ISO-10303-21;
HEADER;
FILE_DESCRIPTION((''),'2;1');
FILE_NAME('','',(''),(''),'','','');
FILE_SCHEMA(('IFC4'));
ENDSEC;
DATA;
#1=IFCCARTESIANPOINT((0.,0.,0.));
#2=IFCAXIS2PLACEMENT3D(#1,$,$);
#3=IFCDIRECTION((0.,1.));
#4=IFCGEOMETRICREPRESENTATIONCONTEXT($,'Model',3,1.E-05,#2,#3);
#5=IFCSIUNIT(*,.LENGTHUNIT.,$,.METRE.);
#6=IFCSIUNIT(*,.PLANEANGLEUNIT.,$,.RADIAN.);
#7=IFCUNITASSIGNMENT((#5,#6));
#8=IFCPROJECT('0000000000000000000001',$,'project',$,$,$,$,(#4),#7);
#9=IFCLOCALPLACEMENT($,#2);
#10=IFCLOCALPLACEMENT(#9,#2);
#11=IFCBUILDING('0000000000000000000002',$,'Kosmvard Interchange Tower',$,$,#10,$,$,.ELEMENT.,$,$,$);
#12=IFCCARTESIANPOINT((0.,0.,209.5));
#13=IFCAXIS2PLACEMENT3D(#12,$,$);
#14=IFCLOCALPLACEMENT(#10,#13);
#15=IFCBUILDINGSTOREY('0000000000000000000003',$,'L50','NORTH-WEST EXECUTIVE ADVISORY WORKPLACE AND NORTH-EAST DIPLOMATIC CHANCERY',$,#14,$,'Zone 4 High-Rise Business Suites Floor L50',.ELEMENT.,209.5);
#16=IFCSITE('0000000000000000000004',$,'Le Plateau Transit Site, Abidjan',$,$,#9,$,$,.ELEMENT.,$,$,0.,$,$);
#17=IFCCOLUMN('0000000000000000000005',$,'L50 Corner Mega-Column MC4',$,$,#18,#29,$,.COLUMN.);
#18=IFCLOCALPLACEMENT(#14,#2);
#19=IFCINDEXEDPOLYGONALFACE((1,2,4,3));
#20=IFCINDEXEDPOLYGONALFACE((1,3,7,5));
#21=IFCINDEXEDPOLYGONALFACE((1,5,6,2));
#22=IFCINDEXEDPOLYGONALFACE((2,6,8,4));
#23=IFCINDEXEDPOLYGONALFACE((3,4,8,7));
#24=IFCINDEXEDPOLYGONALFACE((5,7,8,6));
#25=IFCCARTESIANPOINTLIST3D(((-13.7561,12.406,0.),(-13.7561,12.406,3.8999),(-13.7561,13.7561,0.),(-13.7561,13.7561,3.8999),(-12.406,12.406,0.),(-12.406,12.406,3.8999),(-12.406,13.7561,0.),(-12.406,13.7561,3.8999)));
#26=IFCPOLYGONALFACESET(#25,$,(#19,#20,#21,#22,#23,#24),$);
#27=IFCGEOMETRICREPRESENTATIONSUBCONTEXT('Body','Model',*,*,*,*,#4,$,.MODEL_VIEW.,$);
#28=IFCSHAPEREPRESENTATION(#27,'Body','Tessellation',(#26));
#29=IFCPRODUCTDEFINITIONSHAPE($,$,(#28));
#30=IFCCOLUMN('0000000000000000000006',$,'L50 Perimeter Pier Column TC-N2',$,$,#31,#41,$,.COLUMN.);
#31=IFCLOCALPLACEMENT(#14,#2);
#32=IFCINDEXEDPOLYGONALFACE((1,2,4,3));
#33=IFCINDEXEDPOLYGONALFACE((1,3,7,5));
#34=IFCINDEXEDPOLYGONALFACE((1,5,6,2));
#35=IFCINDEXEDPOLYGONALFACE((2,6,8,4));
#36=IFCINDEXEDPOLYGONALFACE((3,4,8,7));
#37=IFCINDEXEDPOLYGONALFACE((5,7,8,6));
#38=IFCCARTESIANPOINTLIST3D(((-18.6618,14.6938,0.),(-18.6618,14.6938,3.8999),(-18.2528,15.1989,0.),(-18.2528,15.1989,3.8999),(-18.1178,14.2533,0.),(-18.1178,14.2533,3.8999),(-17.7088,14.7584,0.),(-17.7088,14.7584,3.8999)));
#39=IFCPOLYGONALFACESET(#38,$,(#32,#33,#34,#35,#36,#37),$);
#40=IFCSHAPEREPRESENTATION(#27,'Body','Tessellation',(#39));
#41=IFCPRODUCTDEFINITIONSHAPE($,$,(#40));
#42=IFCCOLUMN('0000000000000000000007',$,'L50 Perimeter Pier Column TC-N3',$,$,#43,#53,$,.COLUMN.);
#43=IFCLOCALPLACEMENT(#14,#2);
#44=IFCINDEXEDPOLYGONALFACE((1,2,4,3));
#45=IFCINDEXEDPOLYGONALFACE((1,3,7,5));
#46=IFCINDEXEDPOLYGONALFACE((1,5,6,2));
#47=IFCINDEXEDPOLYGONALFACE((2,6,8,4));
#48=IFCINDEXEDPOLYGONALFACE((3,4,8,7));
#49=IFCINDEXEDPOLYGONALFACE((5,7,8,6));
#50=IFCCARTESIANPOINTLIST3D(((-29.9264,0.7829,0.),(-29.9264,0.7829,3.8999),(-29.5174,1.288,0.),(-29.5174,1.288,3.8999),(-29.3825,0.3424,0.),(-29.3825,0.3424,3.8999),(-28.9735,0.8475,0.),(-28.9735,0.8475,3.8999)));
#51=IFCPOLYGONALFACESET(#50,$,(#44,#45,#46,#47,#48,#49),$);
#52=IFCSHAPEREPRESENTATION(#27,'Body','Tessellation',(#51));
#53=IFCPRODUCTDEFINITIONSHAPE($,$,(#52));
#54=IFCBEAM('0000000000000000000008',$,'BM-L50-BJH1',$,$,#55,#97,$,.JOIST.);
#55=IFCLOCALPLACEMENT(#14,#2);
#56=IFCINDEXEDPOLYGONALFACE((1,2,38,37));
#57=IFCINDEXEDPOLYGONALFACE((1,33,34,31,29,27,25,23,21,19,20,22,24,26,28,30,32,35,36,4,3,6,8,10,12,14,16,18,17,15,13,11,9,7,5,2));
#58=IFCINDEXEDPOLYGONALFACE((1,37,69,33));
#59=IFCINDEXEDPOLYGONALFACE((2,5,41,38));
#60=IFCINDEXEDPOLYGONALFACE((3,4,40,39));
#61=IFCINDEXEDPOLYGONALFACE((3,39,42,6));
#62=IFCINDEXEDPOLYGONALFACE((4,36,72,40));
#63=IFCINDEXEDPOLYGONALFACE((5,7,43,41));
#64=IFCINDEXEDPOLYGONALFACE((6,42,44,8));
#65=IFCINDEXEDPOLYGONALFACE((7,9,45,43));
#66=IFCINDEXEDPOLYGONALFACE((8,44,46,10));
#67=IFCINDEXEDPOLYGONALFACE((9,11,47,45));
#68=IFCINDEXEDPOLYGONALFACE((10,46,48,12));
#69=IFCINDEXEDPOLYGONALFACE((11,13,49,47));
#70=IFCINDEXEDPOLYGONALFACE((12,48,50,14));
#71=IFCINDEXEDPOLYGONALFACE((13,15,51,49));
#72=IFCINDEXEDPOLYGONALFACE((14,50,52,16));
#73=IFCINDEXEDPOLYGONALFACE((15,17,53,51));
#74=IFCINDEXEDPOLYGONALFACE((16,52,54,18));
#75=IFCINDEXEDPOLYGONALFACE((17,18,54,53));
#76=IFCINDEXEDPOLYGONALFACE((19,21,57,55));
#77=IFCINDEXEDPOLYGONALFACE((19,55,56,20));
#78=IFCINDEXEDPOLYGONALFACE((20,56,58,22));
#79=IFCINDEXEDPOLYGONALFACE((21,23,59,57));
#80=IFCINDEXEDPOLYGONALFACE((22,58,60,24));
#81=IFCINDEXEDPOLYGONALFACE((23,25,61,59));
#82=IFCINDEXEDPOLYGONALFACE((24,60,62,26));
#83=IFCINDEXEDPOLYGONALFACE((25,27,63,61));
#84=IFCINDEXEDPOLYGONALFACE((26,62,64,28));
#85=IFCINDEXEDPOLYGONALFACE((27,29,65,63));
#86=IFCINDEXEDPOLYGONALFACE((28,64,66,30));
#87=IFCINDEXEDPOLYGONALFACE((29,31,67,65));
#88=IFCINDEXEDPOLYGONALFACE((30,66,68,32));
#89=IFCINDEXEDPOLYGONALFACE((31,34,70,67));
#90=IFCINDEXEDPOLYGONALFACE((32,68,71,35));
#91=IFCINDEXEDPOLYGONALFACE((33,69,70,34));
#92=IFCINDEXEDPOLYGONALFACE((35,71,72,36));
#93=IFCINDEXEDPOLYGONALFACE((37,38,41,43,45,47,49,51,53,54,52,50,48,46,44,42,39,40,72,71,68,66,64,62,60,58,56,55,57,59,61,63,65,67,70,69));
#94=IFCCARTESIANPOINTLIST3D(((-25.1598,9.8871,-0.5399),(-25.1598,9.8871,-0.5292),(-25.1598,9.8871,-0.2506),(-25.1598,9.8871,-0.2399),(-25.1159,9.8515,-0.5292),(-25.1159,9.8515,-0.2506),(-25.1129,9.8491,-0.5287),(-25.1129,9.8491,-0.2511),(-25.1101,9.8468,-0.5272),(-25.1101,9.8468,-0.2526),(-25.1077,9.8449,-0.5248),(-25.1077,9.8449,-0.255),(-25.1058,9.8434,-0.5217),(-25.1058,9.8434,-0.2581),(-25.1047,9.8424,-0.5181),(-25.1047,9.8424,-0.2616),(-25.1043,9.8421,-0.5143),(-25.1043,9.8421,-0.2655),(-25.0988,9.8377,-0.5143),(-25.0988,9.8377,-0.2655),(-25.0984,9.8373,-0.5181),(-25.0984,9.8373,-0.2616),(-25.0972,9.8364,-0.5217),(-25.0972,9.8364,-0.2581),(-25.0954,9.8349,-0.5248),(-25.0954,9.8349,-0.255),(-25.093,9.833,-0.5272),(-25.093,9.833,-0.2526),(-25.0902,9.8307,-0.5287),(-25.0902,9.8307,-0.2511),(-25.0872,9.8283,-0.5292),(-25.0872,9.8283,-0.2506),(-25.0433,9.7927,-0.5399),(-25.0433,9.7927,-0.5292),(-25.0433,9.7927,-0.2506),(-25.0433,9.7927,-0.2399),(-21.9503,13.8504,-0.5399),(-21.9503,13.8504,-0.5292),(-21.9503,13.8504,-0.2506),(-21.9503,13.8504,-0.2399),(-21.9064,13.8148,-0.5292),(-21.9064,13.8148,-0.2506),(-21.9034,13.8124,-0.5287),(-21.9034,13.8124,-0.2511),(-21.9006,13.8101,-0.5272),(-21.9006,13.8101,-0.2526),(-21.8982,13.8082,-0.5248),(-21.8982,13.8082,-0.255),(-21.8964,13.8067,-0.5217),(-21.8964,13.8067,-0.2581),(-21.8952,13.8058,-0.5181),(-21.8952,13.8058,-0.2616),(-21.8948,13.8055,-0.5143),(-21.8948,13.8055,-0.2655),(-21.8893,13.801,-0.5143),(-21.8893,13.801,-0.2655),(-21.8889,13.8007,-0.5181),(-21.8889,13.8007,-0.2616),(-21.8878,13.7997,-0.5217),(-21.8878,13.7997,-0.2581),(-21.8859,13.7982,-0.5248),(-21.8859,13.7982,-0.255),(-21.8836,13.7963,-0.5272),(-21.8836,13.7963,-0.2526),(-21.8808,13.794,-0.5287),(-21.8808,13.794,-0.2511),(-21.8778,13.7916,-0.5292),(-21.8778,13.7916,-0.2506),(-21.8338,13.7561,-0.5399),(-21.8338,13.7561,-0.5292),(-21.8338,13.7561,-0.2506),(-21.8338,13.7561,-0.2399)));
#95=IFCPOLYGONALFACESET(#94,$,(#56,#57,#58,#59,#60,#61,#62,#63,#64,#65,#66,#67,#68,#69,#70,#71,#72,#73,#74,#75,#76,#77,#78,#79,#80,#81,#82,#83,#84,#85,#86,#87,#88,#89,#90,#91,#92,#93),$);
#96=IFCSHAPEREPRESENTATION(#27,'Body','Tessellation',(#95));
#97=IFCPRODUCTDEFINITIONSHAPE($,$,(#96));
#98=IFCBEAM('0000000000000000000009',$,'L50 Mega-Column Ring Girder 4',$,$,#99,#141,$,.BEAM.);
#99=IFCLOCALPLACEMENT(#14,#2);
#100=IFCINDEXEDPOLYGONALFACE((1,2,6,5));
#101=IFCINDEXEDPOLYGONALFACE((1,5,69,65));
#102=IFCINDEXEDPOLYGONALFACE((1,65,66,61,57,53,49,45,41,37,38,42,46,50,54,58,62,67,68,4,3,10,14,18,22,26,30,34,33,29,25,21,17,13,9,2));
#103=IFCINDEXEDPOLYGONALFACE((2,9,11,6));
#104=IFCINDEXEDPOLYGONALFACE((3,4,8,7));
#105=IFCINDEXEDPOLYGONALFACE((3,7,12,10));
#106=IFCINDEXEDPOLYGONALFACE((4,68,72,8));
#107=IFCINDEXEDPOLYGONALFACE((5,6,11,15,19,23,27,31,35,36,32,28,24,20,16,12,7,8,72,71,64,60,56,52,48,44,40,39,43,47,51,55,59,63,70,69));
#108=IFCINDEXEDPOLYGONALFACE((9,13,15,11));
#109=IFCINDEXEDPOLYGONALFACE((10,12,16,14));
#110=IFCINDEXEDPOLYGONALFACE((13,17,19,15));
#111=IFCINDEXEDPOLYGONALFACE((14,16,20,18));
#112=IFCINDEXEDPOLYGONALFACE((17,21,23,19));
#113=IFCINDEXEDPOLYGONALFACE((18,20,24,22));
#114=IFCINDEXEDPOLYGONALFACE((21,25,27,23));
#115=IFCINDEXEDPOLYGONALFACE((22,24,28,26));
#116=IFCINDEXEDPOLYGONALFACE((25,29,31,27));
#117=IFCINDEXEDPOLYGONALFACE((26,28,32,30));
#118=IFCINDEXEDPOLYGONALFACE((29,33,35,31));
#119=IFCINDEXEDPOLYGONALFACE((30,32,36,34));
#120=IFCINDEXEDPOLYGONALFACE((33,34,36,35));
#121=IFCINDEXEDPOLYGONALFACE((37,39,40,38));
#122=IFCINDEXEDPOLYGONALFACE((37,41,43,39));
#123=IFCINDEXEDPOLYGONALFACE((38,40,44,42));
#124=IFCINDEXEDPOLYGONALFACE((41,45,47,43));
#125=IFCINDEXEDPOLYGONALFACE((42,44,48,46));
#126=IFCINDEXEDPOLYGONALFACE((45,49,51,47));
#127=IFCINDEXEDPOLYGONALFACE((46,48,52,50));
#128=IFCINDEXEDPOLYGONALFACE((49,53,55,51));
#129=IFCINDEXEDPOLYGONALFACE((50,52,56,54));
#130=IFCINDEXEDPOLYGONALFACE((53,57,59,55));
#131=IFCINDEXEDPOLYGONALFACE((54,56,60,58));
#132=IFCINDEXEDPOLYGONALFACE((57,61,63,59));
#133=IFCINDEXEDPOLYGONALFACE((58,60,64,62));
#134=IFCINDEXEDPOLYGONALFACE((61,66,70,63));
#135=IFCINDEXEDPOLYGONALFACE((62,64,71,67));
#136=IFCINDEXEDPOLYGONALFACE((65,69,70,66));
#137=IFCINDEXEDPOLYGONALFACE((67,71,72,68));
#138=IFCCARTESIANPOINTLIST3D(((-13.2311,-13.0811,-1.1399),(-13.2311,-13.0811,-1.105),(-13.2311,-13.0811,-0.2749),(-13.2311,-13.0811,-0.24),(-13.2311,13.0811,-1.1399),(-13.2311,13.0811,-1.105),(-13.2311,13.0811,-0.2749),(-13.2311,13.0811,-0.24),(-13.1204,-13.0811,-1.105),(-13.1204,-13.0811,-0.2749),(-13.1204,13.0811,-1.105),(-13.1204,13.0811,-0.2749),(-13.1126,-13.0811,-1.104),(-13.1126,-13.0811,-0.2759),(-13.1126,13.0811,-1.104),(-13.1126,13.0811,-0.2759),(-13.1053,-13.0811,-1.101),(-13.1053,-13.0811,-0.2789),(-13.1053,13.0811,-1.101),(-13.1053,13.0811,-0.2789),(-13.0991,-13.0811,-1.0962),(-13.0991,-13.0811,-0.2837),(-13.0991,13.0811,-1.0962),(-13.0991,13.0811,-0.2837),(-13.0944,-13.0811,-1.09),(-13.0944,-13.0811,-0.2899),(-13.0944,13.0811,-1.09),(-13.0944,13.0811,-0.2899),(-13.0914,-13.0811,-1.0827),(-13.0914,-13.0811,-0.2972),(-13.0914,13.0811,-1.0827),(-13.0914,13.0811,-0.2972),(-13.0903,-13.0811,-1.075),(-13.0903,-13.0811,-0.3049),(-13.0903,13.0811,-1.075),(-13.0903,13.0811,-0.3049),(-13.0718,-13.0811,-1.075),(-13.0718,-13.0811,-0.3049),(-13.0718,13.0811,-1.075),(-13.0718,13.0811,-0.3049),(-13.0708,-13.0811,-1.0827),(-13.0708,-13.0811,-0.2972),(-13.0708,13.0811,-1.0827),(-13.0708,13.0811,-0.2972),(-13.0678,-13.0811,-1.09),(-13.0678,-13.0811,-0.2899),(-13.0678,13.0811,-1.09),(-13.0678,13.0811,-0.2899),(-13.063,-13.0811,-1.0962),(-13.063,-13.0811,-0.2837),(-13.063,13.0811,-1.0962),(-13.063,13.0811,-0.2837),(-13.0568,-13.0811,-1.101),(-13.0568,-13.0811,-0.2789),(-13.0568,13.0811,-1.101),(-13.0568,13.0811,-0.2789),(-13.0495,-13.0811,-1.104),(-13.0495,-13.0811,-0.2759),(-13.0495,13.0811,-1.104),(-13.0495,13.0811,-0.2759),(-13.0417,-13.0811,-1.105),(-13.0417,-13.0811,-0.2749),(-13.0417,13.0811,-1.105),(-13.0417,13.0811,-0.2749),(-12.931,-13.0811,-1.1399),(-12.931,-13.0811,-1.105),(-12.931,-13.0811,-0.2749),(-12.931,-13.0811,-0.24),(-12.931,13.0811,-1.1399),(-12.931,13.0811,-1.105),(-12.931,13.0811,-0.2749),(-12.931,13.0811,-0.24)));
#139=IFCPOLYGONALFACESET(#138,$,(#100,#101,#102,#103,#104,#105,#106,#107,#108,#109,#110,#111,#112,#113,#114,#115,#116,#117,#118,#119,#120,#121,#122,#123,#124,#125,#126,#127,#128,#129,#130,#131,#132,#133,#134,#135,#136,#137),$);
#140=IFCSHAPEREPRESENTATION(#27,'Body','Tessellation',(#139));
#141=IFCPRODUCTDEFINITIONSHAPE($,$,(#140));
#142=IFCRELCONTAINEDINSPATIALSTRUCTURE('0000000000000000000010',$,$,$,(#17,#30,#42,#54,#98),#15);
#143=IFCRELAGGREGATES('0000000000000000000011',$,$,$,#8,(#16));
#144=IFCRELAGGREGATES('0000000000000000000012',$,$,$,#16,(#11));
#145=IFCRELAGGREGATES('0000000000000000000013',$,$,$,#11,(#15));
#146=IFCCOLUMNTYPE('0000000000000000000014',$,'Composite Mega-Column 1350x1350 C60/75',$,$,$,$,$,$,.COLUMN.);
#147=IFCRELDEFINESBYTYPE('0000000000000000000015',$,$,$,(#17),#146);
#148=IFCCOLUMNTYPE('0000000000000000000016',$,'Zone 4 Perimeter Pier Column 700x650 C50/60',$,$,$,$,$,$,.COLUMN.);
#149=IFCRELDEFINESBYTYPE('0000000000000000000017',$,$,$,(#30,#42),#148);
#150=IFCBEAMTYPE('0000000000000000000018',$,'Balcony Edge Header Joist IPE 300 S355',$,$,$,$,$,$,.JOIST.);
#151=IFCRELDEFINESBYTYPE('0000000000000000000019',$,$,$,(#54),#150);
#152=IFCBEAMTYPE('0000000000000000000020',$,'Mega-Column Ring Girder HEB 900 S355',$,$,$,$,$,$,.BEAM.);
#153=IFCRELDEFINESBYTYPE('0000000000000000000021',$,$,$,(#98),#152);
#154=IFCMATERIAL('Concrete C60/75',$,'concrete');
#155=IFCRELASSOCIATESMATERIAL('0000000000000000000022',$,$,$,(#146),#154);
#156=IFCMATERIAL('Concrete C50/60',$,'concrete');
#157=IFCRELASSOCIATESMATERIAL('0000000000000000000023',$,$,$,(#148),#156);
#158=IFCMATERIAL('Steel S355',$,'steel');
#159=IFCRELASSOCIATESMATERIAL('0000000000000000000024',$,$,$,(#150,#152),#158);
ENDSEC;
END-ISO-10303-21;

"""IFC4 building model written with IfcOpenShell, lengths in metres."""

from ifc_helpers import new_model, si_unit, direction, frame, origin, origin_2d, place, context, subcontext, project, spatial, rectangle, i_section, extrude, source, transform, mapped, material, material_profile, profile_set, type_object, element, save


model = new_model("IFC4")

# Units and contexts
model_context = context("Model", 3, precision=1e-05, world=origin(), true_north=direction((0.0, 1.0)))
body_context = subcontext(model_context, "Body", "Model", "MODEL_VIEW")
ifc_project = project(units=[si_unit("LENGTHUNIT", "METRE"), si_unit("PLANEANGLEUNIT", "RADIAN")], contexts=[model_context])

# Site, building, storey
site_placement = place(None, origin())
site = spatial("IfcSite", under=ifc_project, at=site_placement, Name="Le Plateau Transit Site, Abidjan", CompositionType="ELEMENT", RefElevation=0.0)
building_placement = place(site_placement, origin())
building = spatial("IfcBuilding", under=site, at=building_placement, Name="Kosmvard Interchange Tower", CompositionType="ELEMENT")
storey_placement = place(building_placement, frame((0.0, 0.0, 209.5)))
storey = spatial("IfcBuildingStorey", under=building, at=storey_placement, Name="L50", Description="NORTH-WEST EXECUTIVE ADVISORY WORKPLACE AND NORTH-EAST DIPLOMATIC CHANCERY", LongName="Zone 4 High-Rise Business Suites Floor L50", CompositionType="ELEMENT", Elevation=209.5)

# Columns
ifc_material_1 = material(Name="Concrete C60/75", Category="concrete")
ifc_material_profile_1 = material_profile(ifc_material_1, rectangle(XDim=1.3501, YDim=1.3501, at=origin_2d()), Name="MC 1350x1350")
ifc_profile_set_1 = profile_set([ifc_material_profile_1], Name="Concrete C60/75")
column_type_1 = type_object("IfcColumnType", Name="Composite Mega-Column 1350x1350 C60/75", PredefinedType="COLUMN", material=ifc_profile_set_1)
shared_shape_1 = source(origin(), body_context, "Body", "SweptSolid", [
    extrude(rectangle(XDim=1.3501, YDim=1.3501, at=origin_2d()), origin(), (0.0, 0.0, 1.0), 3.8999),
])
column_placement = place(storey_placement, frame((-13.0811, 13.0811, 0.0), z_axis=(0.0, 0.0, 1.0), x_axis=(1.0, 0.0, 0.0)))
element("IfcColumn", 1, at=column_placement, inside=storey, type_object=column_type_1, Name="L50 Corner Mega-Column MC4", PredefinedType="COLUMN", context=body_context, shape_type="MappedRepresentation", body=[
    mapped(shared_shape_1, transform((0.0, 0.0, 0.0), scale=1.0)),
])
ifc_material_2 = material(Name="Concrete C50/60", Category="concrete")
ifc_material_profile_2 = material_profile(ifc_material_2, rectangle(XDim=0.6499, YDim=0.7, at=origin_2d()), Name="TC 700x650")
ifc_profile_set_2 = profile_set([ifc_material_profile_2], Name="Concrete C50/60")
column_type_2 = type_object("IfcColumnType", Name="Zone 4 Perimeter Pier Column 700x650 C50/60", PredefinedType="COLUMN", material=ifc_profile_set_2)
shared_shape_2 = source(origin(), body_context, "Body", "SweptSolid", [
    extrude(rectangle(XDim=0.6499, YDim=0.7, at=origin_2d()), origin(), (0.0, 0.0, 1.0), 3.8999),
])
for number, where, z_axis, x_axis, name in (
    (2, (-18.1853, 14.7261, 0.0), (0.0, 0.0, 1.0), (0.62932, 0.777146, 0.0), "L50 Perimeter Pier Column TC-N2"),
    (3, (-29.45, 0.8152, 0.0), (0.0, 0.0, 1.0), (0.62932, 0.777146, 0.0), "L50 Perimeter Pier Column TC-N3"),
):
    element("IfcColumn", number, at=place(storey_placement, frame(where, z_axis=z_axis, x_axis=x_axis)), inside=storey, type_object=column_type_2, Name=name, PredefinedType="COLUMN", context=body_context, shape_type="MappedRepresentation", body=[
        mapped(shared_shape_2, transform((0.0, 0.0, 0.0), scale=1.0)),
    ])

# Beams
ifc_material_3 = material(Name="Steel S355", Category="steel")
ifc_material_profile_3 = material_profile(ifc_material_3, i_section(OverallWidth=0.1499, OverallDepth=0.3, WebThickness=0.0071, FlangeThickness=0.0107, FilletRadius=0.0149, at=origin_2d()), Name="IPE 300")
ifc_profile_set_3 = profile_set([ifc_material_profile_3], Name="Steel S355")
beam_type_1 = type_object("IfcBeamType", Name="Balcony Edge Header Joist IPE 300 S355", PredefinedType="JOIST", material=ifc_profile_set_3)
shared_shape_3 = source(origin(), body_context, "Body", "SweptSolid", [
    extrude(i_section(OverallWidth=0.1499, OverallDepth=0.3, WebThickness=0.0071, FlangeThickness=0.0107, FilletRadius=0.0149, at=origin_2d()), origin(), (0.0, 0.0, 1.0), 5.0999),
])
beam_1_placement = place(storey_placement, frame((-21.8921, 13.8032, -0.3899), z_axis=(-0.629319, -0.777147, 0.0), x_axis=(0.777147, -0.629319, 0.0)))
element("IfcBeam", 4, at=beam_1_placement, inside=storey, type_object=beam_type_1, Name="BM-L50-BJH1", PredefinedType="JOIST", context=body_context, shape_type="MappedRepresentation", body=[
    mapped(shared_shape_3, transform((0.0, 0.0, 0.0), scale=1.0)),
])
ifc_material_profile_4 = material_profile(ifc_material_3, i_section(OverallWidth=0.3, OverallDepth=0.8999, WebThickness=0.0186, FlangeThickness=0.0349, FilletRadius=0.03, at=origin_2d()), Name="HEB 900")
ifc_profile_set_4 = profile_set([ifc_material_profile_4], Name="Steel S355")
beam_type_2 = type_object("IfcBeamType", Name="Mega-Column Ring Girder HEB 900 S355", PredefinedType="BEAM", material=ifc_profile_set_4)
shared_shape_4 = source(origin(), body_context, "Body", "SweptSolid", [
    extrude(i_section(OverallWidth=0.3, OverallDepth=0.8999, WebThickness=0.0186, FlangeThickness=0.0349, FilletRadius=0.03, at=origin_2d()), origin(), (0.0, 0.0, 1.0), 26.1621),
])
beam_2_placement = place(storey_placement, frame((-13.0811, 13.0811, -0.6899), z_axis=(0.0, -1.0, 0.0), x_axis=(1.0, 0.0, 0.0)))
element("IfcBeam", 5, at=beam_2_placement, inside=storey, type_object=beam_type_2, Name="L50 Mega-Column Ring Girder 4", PredefinedType="BEAM", context=body_context, shape_type="MappedRepresentation", body=[
    mapped(shared_shape_4, transform((0.0, 0.0, 0.0), scale=1.0)),
])

save(model, "model.ifc")
